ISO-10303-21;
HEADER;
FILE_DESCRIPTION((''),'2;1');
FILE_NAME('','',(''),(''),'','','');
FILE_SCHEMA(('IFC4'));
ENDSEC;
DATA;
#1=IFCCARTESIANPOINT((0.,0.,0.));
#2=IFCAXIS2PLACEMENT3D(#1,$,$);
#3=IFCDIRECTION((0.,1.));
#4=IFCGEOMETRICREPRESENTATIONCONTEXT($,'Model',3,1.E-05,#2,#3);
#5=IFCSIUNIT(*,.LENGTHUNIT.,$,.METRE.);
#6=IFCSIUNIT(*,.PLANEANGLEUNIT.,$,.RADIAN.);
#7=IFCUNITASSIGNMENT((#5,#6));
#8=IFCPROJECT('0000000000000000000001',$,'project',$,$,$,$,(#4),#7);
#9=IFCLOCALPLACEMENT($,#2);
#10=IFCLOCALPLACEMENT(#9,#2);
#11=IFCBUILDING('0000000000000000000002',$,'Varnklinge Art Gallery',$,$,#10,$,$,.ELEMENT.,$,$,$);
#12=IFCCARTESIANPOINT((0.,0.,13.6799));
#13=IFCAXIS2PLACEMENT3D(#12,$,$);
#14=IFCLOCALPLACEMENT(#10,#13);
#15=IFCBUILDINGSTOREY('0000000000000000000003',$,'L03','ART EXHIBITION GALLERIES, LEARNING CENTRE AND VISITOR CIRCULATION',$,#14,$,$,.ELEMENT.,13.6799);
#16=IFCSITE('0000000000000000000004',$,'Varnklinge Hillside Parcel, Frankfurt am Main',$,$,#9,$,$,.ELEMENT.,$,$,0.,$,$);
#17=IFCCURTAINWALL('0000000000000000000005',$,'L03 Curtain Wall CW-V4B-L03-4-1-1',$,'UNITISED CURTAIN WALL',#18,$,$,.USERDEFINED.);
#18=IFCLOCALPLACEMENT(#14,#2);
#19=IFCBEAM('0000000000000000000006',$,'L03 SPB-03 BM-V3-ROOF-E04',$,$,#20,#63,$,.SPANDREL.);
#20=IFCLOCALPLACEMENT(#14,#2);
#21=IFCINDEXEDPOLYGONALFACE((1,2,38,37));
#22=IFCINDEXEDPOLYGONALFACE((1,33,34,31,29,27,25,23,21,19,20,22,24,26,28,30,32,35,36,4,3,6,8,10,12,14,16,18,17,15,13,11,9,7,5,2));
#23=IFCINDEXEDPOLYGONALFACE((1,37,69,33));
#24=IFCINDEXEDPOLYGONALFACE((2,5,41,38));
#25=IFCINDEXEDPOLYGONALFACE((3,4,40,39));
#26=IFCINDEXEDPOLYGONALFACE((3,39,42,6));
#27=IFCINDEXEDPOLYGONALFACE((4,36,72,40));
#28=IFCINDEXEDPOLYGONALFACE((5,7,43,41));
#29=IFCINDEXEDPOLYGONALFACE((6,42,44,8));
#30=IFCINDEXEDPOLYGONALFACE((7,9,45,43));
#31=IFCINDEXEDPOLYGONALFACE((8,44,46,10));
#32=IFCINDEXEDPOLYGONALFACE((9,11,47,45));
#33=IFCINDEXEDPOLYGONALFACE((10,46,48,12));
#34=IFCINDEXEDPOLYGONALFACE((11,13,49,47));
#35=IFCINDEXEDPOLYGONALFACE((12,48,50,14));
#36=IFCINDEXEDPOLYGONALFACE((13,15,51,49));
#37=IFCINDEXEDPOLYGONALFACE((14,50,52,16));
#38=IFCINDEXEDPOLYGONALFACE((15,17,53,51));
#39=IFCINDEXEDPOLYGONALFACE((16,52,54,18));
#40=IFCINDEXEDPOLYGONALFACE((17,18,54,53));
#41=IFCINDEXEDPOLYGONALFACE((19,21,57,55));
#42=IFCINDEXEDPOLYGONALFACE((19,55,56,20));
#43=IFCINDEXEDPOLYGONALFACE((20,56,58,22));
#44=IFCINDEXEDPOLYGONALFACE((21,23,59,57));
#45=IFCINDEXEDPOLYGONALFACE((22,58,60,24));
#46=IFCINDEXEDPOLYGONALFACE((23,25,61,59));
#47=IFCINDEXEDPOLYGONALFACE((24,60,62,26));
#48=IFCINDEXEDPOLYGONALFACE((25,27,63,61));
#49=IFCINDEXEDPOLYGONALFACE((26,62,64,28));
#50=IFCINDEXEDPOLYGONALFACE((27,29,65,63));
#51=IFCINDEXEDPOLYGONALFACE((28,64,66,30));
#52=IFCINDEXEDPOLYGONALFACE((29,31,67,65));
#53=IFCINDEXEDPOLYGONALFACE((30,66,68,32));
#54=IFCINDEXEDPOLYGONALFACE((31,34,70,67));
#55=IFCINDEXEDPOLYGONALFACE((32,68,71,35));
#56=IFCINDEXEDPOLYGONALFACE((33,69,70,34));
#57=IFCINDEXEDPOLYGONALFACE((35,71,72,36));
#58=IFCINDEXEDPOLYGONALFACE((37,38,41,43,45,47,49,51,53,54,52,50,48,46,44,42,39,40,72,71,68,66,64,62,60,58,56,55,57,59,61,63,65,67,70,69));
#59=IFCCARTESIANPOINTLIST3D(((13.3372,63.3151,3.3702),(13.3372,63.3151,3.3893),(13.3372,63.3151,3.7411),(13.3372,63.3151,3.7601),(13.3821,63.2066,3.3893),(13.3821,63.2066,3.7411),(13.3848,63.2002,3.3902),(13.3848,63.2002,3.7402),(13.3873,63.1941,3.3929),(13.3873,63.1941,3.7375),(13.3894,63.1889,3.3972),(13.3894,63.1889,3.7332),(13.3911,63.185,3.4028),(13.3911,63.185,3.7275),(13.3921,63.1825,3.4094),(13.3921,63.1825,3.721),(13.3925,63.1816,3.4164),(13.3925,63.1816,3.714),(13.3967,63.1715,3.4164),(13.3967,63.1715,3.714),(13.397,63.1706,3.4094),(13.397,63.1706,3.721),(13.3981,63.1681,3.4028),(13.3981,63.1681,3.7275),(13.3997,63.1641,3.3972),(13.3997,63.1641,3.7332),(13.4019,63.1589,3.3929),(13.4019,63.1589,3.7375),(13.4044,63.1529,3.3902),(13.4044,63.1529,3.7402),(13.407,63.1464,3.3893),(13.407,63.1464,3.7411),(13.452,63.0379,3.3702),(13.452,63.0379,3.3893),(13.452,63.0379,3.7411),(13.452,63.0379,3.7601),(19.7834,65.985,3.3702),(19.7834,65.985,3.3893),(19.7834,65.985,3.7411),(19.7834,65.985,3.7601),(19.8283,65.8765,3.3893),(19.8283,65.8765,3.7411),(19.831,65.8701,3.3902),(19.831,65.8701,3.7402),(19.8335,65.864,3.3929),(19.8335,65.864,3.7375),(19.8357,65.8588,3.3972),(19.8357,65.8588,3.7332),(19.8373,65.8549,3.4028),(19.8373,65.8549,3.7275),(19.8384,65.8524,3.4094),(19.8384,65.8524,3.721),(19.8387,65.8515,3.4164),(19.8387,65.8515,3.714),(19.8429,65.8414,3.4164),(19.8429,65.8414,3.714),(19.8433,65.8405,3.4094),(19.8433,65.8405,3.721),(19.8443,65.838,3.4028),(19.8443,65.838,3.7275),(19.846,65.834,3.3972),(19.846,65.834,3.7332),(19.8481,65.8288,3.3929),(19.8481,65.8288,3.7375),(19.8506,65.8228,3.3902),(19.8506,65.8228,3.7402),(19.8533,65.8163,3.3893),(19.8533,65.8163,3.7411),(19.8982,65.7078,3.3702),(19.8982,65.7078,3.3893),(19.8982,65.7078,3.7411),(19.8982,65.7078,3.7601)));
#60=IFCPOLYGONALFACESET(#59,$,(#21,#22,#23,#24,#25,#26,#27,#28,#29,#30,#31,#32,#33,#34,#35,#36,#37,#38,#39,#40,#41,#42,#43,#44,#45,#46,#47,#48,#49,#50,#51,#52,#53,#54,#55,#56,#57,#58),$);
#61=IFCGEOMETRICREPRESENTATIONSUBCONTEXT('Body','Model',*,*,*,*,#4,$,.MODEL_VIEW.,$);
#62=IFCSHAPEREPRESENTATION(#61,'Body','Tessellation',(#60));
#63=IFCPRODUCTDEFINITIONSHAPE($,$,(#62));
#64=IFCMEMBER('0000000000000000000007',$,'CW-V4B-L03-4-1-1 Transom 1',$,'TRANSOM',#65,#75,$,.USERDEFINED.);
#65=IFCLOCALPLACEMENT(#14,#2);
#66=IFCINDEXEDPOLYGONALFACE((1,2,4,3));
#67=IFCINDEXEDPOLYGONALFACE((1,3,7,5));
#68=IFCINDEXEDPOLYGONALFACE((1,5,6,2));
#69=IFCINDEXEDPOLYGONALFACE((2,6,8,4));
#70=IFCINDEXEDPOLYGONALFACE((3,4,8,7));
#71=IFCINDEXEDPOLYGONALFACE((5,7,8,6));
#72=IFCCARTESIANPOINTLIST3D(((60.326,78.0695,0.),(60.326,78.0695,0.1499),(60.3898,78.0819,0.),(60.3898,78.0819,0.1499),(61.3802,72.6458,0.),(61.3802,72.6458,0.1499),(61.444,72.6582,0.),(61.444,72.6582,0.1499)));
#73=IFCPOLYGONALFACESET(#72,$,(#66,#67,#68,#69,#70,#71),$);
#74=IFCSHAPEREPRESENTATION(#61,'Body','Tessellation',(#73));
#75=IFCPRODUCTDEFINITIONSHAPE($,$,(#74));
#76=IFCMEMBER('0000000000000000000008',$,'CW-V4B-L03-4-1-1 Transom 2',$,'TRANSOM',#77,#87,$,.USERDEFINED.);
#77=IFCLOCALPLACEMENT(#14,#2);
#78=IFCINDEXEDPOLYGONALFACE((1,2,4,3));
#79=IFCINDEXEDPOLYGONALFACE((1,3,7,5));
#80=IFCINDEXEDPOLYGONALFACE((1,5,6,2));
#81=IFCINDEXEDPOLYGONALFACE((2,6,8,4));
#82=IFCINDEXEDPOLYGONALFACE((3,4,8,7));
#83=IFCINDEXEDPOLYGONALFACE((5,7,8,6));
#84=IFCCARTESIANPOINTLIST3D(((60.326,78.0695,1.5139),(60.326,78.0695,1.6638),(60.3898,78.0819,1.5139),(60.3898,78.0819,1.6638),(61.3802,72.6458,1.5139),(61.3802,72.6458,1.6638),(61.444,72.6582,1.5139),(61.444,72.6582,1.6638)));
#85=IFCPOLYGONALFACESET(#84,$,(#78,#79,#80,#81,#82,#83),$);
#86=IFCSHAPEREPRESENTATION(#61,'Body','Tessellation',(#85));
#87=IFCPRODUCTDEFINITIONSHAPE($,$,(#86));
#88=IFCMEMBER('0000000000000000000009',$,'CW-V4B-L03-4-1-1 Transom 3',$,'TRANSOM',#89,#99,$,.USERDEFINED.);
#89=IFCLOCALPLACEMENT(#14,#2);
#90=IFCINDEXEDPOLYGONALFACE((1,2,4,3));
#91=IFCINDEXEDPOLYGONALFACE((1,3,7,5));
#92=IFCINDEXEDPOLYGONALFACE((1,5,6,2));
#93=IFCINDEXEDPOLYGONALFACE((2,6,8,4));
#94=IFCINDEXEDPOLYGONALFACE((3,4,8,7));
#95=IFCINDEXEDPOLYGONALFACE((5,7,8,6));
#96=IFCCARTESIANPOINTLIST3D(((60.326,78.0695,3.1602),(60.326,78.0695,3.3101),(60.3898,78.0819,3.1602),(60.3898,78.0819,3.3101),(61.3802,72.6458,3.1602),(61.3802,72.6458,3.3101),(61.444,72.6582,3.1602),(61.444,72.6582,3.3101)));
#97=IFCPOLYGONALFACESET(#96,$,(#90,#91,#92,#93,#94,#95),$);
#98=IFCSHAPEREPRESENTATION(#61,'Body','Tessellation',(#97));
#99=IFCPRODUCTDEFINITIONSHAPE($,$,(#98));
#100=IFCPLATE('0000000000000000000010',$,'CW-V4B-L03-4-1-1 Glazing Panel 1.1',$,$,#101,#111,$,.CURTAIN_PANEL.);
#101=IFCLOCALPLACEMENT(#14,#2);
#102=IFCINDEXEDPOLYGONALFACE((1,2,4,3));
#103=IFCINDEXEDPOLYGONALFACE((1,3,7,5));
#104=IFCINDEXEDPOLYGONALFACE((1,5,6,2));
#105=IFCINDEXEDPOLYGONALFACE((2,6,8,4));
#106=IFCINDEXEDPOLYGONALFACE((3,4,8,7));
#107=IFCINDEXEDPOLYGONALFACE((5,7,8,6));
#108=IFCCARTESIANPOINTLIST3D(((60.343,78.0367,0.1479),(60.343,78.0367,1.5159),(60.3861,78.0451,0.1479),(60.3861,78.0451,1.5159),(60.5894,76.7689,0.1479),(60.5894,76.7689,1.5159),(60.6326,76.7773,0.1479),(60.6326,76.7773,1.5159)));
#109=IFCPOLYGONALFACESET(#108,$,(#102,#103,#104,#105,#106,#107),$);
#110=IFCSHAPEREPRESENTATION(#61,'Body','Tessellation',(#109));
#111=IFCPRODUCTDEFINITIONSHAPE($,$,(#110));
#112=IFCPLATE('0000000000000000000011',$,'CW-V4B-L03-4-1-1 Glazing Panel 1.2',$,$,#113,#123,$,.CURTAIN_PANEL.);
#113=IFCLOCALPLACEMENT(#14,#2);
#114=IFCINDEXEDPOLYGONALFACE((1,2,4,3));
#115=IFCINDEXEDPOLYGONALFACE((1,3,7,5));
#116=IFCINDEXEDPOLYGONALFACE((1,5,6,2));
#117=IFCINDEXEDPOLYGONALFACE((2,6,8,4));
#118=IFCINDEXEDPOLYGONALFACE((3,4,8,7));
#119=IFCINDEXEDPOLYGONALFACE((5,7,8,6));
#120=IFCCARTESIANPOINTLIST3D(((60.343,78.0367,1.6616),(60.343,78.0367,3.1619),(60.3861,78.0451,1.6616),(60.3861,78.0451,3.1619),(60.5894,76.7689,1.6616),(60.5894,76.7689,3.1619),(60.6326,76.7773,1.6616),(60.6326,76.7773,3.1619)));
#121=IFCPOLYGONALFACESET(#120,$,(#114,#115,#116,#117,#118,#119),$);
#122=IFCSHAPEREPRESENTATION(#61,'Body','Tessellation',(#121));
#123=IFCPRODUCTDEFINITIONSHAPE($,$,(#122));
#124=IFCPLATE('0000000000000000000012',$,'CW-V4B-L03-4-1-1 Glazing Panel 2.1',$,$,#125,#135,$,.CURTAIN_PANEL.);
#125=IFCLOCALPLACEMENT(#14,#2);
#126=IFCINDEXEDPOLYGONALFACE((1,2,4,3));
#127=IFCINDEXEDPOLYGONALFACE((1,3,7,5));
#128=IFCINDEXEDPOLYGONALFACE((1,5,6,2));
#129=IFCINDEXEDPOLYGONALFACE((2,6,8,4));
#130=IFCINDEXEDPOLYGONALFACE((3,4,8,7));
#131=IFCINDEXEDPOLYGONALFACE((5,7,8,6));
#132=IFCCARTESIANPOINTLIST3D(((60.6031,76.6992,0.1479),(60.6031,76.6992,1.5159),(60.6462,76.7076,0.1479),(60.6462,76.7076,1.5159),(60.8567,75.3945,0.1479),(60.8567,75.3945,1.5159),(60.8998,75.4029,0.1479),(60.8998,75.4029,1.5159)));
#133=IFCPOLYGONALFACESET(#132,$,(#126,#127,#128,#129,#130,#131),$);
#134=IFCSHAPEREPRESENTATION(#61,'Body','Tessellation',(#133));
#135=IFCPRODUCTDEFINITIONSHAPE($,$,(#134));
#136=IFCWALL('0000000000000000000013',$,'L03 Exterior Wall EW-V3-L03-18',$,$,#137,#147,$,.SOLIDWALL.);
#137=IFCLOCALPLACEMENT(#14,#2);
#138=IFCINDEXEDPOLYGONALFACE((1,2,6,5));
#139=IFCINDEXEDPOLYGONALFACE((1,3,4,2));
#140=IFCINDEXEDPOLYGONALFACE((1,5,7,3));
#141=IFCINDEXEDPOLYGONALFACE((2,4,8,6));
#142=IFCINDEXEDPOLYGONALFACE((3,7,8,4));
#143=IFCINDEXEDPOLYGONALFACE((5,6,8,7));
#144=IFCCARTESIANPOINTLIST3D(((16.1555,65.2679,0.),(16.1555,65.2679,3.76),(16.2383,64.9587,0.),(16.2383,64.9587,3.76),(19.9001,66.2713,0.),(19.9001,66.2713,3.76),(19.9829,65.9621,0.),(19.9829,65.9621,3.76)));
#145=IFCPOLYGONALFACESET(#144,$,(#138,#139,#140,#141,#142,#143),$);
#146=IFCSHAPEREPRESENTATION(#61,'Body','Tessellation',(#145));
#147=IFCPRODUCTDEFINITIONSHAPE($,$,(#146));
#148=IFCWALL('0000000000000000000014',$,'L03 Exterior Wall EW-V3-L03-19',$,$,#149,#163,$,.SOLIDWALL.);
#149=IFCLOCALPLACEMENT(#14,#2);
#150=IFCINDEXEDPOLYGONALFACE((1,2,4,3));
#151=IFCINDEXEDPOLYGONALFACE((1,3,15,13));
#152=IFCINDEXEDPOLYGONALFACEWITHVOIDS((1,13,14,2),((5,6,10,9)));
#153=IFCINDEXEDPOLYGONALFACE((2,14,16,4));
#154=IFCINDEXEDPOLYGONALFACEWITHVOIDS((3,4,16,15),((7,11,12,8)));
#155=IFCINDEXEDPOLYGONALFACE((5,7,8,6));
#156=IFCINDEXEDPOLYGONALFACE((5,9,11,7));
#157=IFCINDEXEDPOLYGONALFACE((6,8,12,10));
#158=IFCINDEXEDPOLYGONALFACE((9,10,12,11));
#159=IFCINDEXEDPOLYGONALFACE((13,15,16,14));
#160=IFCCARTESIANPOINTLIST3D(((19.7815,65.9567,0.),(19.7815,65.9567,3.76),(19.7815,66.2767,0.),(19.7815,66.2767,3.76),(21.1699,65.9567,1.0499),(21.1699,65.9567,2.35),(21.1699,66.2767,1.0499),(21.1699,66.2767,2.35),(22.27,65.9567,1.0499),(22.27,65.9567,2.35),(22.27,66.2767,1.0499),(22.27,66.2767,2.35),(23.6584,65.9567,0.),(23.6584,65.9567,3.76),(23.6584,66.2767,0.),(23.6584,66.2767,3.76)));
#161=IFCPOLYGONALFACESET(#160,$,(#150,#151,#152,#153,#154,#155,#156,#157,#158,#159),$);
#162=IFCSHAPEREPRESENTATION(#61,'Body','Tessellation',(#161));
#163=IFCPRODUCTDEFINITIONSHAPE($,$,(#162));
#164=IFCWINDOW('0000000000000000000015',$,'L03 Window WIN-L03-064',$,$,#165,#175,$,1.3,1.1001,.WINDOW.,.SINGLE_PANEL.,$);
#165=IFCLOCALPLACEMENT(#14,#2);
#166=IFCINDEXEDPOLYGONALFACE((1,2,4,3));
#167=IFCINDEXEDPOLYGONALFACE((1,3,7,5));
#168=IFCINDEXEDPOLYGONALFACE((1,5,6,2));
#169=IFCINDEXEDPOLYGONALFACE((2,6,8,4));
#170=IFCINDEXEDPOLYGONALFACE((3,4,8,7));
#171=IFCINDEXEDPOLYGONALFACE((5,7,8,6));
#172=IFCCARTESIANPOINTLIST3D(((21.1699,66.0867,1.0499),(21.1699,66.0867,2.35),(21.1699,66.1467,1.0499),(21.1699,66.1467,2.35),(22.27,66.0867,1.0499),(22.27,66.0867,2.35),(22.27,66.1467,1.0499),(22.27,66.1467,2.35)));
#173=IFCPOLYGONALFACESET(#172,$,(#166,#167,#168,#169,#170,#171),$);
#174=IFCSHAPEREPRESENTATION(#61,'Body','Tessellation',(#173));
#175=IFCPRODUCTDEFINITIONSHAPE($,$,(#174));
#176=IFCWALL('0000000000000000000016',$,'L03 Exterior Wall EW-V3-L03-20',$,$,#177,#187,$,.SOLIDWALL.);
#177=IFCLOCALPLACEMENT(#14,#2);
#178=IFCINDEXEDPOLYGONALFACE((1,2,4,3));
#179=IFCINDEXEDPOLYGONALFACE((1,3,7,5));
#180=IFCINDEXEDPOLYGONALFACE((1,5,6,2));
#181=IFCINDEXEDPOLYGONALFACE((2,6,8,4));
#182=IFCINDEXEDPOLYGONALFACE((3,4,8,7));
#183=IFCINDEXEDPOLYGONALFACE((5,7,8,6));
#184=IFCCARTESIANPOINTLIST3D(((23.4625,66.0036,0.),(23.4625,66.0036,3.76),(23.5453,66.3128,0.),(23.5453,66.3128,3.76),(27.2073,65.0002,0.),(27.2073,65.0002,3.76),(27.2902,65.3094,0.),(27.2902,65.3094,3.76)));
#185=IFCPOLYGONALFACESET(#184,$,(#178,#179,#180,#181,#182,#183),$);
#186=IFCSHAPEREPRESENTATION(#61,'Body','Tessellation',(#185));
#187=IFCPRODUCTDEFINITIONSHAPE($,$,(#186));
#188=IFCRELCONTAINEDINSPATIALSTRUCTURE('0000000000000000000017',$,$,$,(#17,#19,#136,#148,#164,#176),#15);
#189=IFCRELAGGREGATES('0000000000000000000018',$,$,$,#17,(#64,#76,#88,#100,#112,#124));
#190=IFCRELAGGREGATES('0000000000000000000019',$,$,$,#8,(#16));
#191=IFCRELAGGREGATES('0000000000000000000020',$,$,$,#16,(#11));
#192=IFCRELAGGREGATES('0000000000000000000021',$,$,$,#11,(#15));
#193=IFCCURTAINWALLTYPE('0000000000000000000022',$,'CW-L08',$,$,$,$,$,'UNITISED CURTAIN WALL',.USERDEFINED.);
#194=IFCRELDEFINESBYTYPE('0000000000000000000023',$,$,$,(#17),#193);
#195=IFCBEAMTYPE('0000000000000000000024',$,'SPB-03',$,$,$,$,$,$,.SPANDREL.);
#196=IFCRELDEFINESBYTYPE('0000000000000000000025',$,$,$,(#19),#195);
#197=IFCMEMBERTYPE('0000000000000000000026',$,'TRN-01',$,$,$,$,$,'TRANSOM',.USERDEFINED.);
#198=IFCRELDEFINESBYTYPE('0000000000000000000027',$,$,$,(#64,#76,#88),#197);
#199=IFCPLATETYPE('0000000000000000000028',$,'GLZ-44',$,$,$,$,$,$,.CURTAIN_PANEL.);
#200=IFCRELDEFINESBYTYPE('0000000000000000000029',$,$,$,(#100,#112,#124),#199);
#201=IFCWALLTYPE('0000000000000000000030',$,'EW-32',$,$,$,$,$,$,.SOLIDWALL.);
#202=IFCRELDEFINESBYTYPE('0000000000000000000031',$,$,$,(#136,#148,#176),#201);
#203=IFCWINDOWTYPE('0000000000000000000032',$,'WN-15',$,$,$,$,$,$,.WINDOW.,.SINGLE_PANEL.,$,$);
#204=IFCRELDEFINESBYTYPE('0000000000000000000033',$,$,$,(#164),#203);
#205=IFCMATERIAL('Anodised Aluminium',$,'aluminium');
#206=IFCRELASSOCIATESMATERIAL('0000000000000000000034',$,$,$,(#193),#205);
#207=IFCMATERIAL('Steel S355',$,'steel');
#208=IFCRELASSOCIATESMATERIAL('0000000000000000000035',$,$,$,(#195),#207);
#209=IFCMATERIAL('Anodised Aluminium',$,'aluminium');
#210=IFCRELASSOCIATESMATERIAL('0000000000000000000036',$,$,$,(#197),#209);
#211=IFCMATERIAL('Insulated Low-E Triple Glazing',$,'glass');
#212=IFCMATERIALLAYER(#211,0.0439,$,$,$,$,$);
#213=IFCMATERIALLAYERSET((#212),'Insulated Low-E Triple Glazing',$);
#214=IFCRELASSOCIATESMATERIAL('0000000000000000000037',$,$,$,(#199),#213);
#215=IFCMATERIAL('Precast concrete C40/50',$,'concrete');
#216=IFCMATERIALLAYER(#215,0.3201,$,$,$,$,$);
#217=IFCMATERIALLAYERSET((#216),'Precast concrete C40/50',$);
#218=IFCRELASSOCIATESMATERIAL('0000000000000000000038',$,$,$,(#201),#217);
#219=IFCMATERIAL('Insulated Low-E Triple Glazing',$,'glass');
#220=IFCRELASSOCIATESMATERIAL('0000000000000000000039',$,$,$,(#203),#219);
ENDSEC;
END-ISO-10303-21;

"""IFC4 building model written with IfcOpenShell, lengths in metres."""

from ifc_helpers import new_model, si_unit, direction, frame, frame_2d, origin, origin_2d, place, context, subcontext, project, spatial, rectangle, i_section, extrude, material, layer, layer_set, material_profile, profile_set, type_object, element, fill, aggregate, save


model = new_model("IFC4")

# Units and contexts
model_context = context("Model", 3, precision=1e-05, world=origin(), true_north=direction((0.0, 1.0)))
body_context = subcontext(model_context, "Body", "Model", "MODEL_VIEW")
ifc_project = project(units=[si_unit("LENGTHUNIT", "METRE"), si_unit("PLANEANGLEUNIT", "RADIAN")], contexts=[model_context])

# Site, building, storey
site_placement = place(None, origin())
site = spatial("IfcSite", under=ifc_project, at=site_placement, Name="Varnklinge Hillside Parcel, Frankfurt am Main", CompositionType="ELEMENT", RefElevation=0.0)
building_placement = place(site_placement, origin())
building = spatial("IfcBuilding", under=site, at=building_placement, Name="Varnklinge Art Gallery", CompositionType="ELEMENT")
storey_placement = place(building_placement, frame((0.0, 0.0, 13.6799)))
storey = spatial("IfcBuildingStorey", under=building, at=storey_placement, Name="L03", Description="ART EXHIBITION GALLERIES, LEARNING CENTRE AND VISITOR CIRCULATION", CompositionType="ELEMENT", Elevation=13.6799)

# Curtain wall
ifc_material_1 = material(Name="Anodised Aluminium", Category="aluminium")
curtain_wall_type_1 = type_object("IfcCurtainWallType", Name="CW-L08", ElementType="UNITISED CURTAIN WALL", PredefinedType="USERDEFINED", material=ifc_material_1)
curtain_wall_1_placement = place(storey_placement, origin())
curtain_wall_1 = element("IfcCurtainWall", 1, at=curtain_wall_1_placement, inside=storey, type_object=curtain_wall_type_1, Name="L03 Curtain Wall CW-V4B-L03-4-1-1", ObjectType="UNITISED CURTAIN WALL", PredefinedType="USERDEFINED")

# Beam
ifc_material_2 = material(Name="Steel S355", Category="steel")
ifc_material_profile_1 = material_profile(ifc_material_2, i_section(OverallWidth=0.3, OverallDepth=0.3899, WebThickness=0.011, FlangeThickness=0.019, FilletRadius=0.0271, at=origin_2d()), Name="HEA 400")
ifc_profile_set_1 = profile_set([ifc_material_profile_1], Name="Steel S355")
beam_type = type_object("IfcBeamType", Name="SPB-03", PredefinedType="SPANDREL", material=ifc_profile_set_1)
beam_1_placement = place(storey_placement, frame((19.8408, 65.8464, 3.5652), z_axis=(-0.923891, -0.382657, 0.0), x_axis=(0.382657, -0.923891, 0.0)))
element("IfcBeam", 2, at=beam_1_placement, inside=storey, type_object=beam_type, Name="L03 SPB-03 BM-V3-ROOF-E04", PredefinedType="SPANDREL", context=body_context, shape_type="SweptSolid", body=[
    extrude(i_section(OverallWidth=0.3, OverallDepth=0.3899, WebThickness=0.011, FlangeThickness=0.019, FilletRadius=0.0271, at=origin_2d()), origin(), (0.0, 0.0, 1.0), 6.9773),
])

# Members
ifc_material_3 = material(Name="Anodised Aluminium", Category="aluminium")
ifc_material_profile_2 = material_profile(ifc_material_3, rectangle(XDim=0.0649, YDim=0.1499, at=origin_2d()), Name="ALU 65x150")
ifc_profile_set_2 = profile_set([ifc_material_profile_2], Name="Anodised Aluminium")
member_type_1 = type_object("IfcMemberType", Name="TRN-01", ElementType="TRANSOM", PredefinedType="USERDEFINED", material=ifc_profile_set_2)
member_1_placement = place(storey_placement, frame((60.3579, 78.0757, 0.075), z_axis=(0.190802, -0.981628, 0.0), x_axis=(0.981628, 0.190802, 0.0)))
member_1 = element("IfcMember", 3, at=member_1_placement, type_object=member_type_1, Name="CW-V4B-L03-4-1-1 Transom 1", ObjectType="TRANSOM", PredefinedType="USERDEFINED", context=body_context, shape_type="SweptSolid", body=[
    extrude(rectangle(XDim=0.0649, YDim=0.1499, at=origin_2d()), origin(), (0.0, 0.0, 1.0), 5.5251),
])
member_2_placement = place(storey_placement, frame((60.3579, 78.0757, 1.5889), z_axis=(0.190802, -0.981628, 0.0), x_axis=(0.981628, 0.190802, 0.0)))
member_2 = element("IfcMember", 4, at=member_2_placement, type_object=member_type_1, Name="CW-V4B-L03-4-1-1 Transom 2", ObjectType="TRANSOM", PredefinedType="USERDEFINED", context=body_context, shape_type="SweptSolid", body=[
    extrude(rectangle(XDim=0.0649, YDim=0.1499, at=origin_2d()), origin(), (0.0, 0.0, 1.0), 5.5251),
])
member_3_placement = place(storey_placement, frame((60.3579, 78.0757, 3.2351), z_axis=(0.190802, -0.981628, 0.0), x_axis=(0.981628, 0.190802, 0.0)))
member_3 = element("IfcMember", 5, at=member_3_placement, type_object=member_type_1, Name="CW-V4B-L03-4-1-1 Transom 3", ObjectType="TRANSOM", PredefinedType="USERDEFINED", context=body_context, shape_type="SweptSolid", body=[
    extrude(rectangle(XDim=0.0649, YDim=0.1499, at=origin_2d()), origin(), (0.0, 0.0, 1.0), 5.5251),
])

# Plates
ifc_material_4 = material(Name="Insulated Low-E Triple Glazing", Category="glass")
ifc_layer_1 = layer(ifc_material_4, 0.0439)
ifc_layer_set_1 = layer_set([ifc_layer_1], Name="Insulated Low-E Triple Glazing")
plate_type = type_object("IfcPlateType", Name="GLZ-44", PredefinedType="CURTAIN_PANEL", material=ifc_layer_set_1)
plate_1_placement = place(storey_placement, frame((60.4878, 77.407, 0.1479), z_axis=(0.0, 0.0, 1.0), x_axis=(0.190809, -0.981627, 0.0)))
plate_1 = element("IfcPlate", 6, at=plate_1_placement, type_object=plate_type, Name="CW-V4B-L03-4-1-1 Glazing Panel 1.1", PredefinedType="CURTAIN_PANEL", context=body_context, shape_type="SweptSolid", body=[
    extrude(rectangle(XDim=1.2915, YDim=0.0439, at=origin_2d()), origin(), (0.0, 0.0, 1.0), 1.3679),
])
plate_2_placement = place(storey_placement, frame((60.4878, 77.407, 1.6616), z_axis=(0.0, 0.0, 1.0), x_axis=(0.190809, -0.981627, 0.0)))
plate_2 = element("IfcPlate", 7, at=plate_2_placement, type_object=plate_type, Name="CW-V4B-L03-4-1-1 Glazing Panel 1.2", PredefinedType="CURTAIN_PANEL", context=body_context, shape_type="SweptSolid", body=[
    extrude(rectangle(XDim=1.2915, YDim=0.0439, at=origin_2d()), origin(), (0.0, 0.0, 1.0), 1.5002),
])
plate_3_placement = place(storey_placement, frame((60.7515, 76.051, 0.1479), z_axis=(0.0, 0.0, 1.0), x_axis=(0.190809, -0.981627, 0.0)))
plate_3 = element("IfcPlate", 8, at=plate_3_placement, type_object=plate_type, Name="CW-V4B-L03-4-1-1 Glazing Panel 2.1", PredefinedType="CURTAIN_PANEL", context=body_context, shape_type="SweptSolid", body=[
    extrude(rectangle(XDim=1.3291, YDim=0.0439, at=origin_2d()), origin(), (0.0, 0.0, 1.0), 1.3679),
])
aggregate(curtain_wall_1, [member_1, member_2, member_3, plate_1, plate_2, plate_3])

# Wall
ifc_material_5 = material(Name="Precast concrete C40/50", Category="concrete")
ifc_layer_2 = layer(ifc_material_5, 0.3201)
ifc_layer_set_2 = layer_set([ifc_layer_2], Name="Precast concrete C40/50")
wall_type_1 = type_object("IfcWallType", Name="EW-32", PredefinedType="SOLIDWALL", material=ifc_layer_set_2)
wall_1_placement = place(storey_placement, frame((16.1968, 65.1133, 0.0), z_axis=(0.0, 0.0, 1.0), x_axis=(0.965923, 0.258831, 0.0)))
element("IfcWall", 9, at=wall_1_placement, inside=storey, type_object=wall_type_1, Name="L03 Exterior Wall EW-V3-L03-18", PredefinedType="SOLIDWALL", context=body_context, shape_type="SweptSolid", body=[
    extrude(rectangle(XDim=3.8767, YDim=0.3201, at=frame_2d((1.9385, 0.0))), origin(), (0.0, 0.0, 1.0), 3.76),
])

# Wall, opening, window
wall_2_placement = place(storey_placement, frame((19.7815, 66.1167, 0.0), z_axis=(0.0, 0.0, 1.0), x_axis=(1.0, 0.0, 0.0)))
wall_2 = element("IfcWall", 10, at=wall_2_placement, inside=storey, type_object=wall_type_1, Name="L03 Exterior Wall EW-V3-L03-19", PredefinedType="SOLIDWALL", context=body_context, shape_type="SweptSolid", body=[
    extrude(rectangle(XDim=3.877, YDim=0.3201, at=frame_2d((1.9385, 0.0))), origin(), (0.0, 0.0, 1.0), 3.76),
])
opening_placement = place(wall_2_placement, frame((1.3884, 0.0, 1.05)))
opening = element("IfcOpeningElement", 11, at=opening_placement, cuts=wall_2, PredefinedType="OPENING", context=body_context, shape_type="SweptSolid", body=[
    extrude(rectangle(XDim=1.1001, YDim=1.3, at=frame_2d((0.55, 0.6499))), frame((0.0, 0.1702, 0.0), z_axis=(0.0, -1.0, 0.0), x_axis=(1.0, 0.0, 0.0)), (0.0, 0.0, 1.0), 0.3401),
])
ifc_material_6 = material(Name="Insulated Low-E Triple Glazing", Category="glass")
window_type = type_object("IfcWindowType", Name="WN-15", PartitioningType="SINGLE_PANEL", PredefinedType="WINDOW", material=ifc_material_6)
window_placement = place(opening_placement, origin())
window = element("IfcWindow", 12, at=window_placement, inside=storey, type_object=window_type, Name="L03 Window WIN-L03-064", OverallHeight=1.3, OverallWidth=1.1001, PartitioningType="SINGLE_PANEL", PredefinedType="WINDOW", context=body_context, shape_type="SweptSolid", body=[
    extrude(rectangle(XDim=1.1001, YDim=1.3, at=frame_2d((0.55, 0.6499))), frame((0.0, 0.03, 0.0), z_axis=(0.0, -1.0, 0.0), x_axis=(1.0, 0.0, 0.0)), (0.0, 0.0, 1.0), 0.0601),
])
fill(opening, window)

# Wall
wall_3_placement = place(storey_placement, frame((23.5039, 66.1582, 0.0), z_axis=(0.0, 0.0, 1.0), x_axis=(0.965927, -0.258815, 0.0)))
element("IfcWall", 13, at=wall_3_placement, inside=storey, type_object=wall_type_1, Name="L03 Exterior Wall EW-V3-L03-20", PredefinedType="SOLIDWALL", context=body_context, shape_type="SweptSolid", body=[
    extrude(rectangle(XDim=3.877, YDim=0.3201, at=frame_2d((1.9385, 0.0))), origin(), (0.0, 0.0, 1.0), 3.76),
])

save(model, "model.ifc")
